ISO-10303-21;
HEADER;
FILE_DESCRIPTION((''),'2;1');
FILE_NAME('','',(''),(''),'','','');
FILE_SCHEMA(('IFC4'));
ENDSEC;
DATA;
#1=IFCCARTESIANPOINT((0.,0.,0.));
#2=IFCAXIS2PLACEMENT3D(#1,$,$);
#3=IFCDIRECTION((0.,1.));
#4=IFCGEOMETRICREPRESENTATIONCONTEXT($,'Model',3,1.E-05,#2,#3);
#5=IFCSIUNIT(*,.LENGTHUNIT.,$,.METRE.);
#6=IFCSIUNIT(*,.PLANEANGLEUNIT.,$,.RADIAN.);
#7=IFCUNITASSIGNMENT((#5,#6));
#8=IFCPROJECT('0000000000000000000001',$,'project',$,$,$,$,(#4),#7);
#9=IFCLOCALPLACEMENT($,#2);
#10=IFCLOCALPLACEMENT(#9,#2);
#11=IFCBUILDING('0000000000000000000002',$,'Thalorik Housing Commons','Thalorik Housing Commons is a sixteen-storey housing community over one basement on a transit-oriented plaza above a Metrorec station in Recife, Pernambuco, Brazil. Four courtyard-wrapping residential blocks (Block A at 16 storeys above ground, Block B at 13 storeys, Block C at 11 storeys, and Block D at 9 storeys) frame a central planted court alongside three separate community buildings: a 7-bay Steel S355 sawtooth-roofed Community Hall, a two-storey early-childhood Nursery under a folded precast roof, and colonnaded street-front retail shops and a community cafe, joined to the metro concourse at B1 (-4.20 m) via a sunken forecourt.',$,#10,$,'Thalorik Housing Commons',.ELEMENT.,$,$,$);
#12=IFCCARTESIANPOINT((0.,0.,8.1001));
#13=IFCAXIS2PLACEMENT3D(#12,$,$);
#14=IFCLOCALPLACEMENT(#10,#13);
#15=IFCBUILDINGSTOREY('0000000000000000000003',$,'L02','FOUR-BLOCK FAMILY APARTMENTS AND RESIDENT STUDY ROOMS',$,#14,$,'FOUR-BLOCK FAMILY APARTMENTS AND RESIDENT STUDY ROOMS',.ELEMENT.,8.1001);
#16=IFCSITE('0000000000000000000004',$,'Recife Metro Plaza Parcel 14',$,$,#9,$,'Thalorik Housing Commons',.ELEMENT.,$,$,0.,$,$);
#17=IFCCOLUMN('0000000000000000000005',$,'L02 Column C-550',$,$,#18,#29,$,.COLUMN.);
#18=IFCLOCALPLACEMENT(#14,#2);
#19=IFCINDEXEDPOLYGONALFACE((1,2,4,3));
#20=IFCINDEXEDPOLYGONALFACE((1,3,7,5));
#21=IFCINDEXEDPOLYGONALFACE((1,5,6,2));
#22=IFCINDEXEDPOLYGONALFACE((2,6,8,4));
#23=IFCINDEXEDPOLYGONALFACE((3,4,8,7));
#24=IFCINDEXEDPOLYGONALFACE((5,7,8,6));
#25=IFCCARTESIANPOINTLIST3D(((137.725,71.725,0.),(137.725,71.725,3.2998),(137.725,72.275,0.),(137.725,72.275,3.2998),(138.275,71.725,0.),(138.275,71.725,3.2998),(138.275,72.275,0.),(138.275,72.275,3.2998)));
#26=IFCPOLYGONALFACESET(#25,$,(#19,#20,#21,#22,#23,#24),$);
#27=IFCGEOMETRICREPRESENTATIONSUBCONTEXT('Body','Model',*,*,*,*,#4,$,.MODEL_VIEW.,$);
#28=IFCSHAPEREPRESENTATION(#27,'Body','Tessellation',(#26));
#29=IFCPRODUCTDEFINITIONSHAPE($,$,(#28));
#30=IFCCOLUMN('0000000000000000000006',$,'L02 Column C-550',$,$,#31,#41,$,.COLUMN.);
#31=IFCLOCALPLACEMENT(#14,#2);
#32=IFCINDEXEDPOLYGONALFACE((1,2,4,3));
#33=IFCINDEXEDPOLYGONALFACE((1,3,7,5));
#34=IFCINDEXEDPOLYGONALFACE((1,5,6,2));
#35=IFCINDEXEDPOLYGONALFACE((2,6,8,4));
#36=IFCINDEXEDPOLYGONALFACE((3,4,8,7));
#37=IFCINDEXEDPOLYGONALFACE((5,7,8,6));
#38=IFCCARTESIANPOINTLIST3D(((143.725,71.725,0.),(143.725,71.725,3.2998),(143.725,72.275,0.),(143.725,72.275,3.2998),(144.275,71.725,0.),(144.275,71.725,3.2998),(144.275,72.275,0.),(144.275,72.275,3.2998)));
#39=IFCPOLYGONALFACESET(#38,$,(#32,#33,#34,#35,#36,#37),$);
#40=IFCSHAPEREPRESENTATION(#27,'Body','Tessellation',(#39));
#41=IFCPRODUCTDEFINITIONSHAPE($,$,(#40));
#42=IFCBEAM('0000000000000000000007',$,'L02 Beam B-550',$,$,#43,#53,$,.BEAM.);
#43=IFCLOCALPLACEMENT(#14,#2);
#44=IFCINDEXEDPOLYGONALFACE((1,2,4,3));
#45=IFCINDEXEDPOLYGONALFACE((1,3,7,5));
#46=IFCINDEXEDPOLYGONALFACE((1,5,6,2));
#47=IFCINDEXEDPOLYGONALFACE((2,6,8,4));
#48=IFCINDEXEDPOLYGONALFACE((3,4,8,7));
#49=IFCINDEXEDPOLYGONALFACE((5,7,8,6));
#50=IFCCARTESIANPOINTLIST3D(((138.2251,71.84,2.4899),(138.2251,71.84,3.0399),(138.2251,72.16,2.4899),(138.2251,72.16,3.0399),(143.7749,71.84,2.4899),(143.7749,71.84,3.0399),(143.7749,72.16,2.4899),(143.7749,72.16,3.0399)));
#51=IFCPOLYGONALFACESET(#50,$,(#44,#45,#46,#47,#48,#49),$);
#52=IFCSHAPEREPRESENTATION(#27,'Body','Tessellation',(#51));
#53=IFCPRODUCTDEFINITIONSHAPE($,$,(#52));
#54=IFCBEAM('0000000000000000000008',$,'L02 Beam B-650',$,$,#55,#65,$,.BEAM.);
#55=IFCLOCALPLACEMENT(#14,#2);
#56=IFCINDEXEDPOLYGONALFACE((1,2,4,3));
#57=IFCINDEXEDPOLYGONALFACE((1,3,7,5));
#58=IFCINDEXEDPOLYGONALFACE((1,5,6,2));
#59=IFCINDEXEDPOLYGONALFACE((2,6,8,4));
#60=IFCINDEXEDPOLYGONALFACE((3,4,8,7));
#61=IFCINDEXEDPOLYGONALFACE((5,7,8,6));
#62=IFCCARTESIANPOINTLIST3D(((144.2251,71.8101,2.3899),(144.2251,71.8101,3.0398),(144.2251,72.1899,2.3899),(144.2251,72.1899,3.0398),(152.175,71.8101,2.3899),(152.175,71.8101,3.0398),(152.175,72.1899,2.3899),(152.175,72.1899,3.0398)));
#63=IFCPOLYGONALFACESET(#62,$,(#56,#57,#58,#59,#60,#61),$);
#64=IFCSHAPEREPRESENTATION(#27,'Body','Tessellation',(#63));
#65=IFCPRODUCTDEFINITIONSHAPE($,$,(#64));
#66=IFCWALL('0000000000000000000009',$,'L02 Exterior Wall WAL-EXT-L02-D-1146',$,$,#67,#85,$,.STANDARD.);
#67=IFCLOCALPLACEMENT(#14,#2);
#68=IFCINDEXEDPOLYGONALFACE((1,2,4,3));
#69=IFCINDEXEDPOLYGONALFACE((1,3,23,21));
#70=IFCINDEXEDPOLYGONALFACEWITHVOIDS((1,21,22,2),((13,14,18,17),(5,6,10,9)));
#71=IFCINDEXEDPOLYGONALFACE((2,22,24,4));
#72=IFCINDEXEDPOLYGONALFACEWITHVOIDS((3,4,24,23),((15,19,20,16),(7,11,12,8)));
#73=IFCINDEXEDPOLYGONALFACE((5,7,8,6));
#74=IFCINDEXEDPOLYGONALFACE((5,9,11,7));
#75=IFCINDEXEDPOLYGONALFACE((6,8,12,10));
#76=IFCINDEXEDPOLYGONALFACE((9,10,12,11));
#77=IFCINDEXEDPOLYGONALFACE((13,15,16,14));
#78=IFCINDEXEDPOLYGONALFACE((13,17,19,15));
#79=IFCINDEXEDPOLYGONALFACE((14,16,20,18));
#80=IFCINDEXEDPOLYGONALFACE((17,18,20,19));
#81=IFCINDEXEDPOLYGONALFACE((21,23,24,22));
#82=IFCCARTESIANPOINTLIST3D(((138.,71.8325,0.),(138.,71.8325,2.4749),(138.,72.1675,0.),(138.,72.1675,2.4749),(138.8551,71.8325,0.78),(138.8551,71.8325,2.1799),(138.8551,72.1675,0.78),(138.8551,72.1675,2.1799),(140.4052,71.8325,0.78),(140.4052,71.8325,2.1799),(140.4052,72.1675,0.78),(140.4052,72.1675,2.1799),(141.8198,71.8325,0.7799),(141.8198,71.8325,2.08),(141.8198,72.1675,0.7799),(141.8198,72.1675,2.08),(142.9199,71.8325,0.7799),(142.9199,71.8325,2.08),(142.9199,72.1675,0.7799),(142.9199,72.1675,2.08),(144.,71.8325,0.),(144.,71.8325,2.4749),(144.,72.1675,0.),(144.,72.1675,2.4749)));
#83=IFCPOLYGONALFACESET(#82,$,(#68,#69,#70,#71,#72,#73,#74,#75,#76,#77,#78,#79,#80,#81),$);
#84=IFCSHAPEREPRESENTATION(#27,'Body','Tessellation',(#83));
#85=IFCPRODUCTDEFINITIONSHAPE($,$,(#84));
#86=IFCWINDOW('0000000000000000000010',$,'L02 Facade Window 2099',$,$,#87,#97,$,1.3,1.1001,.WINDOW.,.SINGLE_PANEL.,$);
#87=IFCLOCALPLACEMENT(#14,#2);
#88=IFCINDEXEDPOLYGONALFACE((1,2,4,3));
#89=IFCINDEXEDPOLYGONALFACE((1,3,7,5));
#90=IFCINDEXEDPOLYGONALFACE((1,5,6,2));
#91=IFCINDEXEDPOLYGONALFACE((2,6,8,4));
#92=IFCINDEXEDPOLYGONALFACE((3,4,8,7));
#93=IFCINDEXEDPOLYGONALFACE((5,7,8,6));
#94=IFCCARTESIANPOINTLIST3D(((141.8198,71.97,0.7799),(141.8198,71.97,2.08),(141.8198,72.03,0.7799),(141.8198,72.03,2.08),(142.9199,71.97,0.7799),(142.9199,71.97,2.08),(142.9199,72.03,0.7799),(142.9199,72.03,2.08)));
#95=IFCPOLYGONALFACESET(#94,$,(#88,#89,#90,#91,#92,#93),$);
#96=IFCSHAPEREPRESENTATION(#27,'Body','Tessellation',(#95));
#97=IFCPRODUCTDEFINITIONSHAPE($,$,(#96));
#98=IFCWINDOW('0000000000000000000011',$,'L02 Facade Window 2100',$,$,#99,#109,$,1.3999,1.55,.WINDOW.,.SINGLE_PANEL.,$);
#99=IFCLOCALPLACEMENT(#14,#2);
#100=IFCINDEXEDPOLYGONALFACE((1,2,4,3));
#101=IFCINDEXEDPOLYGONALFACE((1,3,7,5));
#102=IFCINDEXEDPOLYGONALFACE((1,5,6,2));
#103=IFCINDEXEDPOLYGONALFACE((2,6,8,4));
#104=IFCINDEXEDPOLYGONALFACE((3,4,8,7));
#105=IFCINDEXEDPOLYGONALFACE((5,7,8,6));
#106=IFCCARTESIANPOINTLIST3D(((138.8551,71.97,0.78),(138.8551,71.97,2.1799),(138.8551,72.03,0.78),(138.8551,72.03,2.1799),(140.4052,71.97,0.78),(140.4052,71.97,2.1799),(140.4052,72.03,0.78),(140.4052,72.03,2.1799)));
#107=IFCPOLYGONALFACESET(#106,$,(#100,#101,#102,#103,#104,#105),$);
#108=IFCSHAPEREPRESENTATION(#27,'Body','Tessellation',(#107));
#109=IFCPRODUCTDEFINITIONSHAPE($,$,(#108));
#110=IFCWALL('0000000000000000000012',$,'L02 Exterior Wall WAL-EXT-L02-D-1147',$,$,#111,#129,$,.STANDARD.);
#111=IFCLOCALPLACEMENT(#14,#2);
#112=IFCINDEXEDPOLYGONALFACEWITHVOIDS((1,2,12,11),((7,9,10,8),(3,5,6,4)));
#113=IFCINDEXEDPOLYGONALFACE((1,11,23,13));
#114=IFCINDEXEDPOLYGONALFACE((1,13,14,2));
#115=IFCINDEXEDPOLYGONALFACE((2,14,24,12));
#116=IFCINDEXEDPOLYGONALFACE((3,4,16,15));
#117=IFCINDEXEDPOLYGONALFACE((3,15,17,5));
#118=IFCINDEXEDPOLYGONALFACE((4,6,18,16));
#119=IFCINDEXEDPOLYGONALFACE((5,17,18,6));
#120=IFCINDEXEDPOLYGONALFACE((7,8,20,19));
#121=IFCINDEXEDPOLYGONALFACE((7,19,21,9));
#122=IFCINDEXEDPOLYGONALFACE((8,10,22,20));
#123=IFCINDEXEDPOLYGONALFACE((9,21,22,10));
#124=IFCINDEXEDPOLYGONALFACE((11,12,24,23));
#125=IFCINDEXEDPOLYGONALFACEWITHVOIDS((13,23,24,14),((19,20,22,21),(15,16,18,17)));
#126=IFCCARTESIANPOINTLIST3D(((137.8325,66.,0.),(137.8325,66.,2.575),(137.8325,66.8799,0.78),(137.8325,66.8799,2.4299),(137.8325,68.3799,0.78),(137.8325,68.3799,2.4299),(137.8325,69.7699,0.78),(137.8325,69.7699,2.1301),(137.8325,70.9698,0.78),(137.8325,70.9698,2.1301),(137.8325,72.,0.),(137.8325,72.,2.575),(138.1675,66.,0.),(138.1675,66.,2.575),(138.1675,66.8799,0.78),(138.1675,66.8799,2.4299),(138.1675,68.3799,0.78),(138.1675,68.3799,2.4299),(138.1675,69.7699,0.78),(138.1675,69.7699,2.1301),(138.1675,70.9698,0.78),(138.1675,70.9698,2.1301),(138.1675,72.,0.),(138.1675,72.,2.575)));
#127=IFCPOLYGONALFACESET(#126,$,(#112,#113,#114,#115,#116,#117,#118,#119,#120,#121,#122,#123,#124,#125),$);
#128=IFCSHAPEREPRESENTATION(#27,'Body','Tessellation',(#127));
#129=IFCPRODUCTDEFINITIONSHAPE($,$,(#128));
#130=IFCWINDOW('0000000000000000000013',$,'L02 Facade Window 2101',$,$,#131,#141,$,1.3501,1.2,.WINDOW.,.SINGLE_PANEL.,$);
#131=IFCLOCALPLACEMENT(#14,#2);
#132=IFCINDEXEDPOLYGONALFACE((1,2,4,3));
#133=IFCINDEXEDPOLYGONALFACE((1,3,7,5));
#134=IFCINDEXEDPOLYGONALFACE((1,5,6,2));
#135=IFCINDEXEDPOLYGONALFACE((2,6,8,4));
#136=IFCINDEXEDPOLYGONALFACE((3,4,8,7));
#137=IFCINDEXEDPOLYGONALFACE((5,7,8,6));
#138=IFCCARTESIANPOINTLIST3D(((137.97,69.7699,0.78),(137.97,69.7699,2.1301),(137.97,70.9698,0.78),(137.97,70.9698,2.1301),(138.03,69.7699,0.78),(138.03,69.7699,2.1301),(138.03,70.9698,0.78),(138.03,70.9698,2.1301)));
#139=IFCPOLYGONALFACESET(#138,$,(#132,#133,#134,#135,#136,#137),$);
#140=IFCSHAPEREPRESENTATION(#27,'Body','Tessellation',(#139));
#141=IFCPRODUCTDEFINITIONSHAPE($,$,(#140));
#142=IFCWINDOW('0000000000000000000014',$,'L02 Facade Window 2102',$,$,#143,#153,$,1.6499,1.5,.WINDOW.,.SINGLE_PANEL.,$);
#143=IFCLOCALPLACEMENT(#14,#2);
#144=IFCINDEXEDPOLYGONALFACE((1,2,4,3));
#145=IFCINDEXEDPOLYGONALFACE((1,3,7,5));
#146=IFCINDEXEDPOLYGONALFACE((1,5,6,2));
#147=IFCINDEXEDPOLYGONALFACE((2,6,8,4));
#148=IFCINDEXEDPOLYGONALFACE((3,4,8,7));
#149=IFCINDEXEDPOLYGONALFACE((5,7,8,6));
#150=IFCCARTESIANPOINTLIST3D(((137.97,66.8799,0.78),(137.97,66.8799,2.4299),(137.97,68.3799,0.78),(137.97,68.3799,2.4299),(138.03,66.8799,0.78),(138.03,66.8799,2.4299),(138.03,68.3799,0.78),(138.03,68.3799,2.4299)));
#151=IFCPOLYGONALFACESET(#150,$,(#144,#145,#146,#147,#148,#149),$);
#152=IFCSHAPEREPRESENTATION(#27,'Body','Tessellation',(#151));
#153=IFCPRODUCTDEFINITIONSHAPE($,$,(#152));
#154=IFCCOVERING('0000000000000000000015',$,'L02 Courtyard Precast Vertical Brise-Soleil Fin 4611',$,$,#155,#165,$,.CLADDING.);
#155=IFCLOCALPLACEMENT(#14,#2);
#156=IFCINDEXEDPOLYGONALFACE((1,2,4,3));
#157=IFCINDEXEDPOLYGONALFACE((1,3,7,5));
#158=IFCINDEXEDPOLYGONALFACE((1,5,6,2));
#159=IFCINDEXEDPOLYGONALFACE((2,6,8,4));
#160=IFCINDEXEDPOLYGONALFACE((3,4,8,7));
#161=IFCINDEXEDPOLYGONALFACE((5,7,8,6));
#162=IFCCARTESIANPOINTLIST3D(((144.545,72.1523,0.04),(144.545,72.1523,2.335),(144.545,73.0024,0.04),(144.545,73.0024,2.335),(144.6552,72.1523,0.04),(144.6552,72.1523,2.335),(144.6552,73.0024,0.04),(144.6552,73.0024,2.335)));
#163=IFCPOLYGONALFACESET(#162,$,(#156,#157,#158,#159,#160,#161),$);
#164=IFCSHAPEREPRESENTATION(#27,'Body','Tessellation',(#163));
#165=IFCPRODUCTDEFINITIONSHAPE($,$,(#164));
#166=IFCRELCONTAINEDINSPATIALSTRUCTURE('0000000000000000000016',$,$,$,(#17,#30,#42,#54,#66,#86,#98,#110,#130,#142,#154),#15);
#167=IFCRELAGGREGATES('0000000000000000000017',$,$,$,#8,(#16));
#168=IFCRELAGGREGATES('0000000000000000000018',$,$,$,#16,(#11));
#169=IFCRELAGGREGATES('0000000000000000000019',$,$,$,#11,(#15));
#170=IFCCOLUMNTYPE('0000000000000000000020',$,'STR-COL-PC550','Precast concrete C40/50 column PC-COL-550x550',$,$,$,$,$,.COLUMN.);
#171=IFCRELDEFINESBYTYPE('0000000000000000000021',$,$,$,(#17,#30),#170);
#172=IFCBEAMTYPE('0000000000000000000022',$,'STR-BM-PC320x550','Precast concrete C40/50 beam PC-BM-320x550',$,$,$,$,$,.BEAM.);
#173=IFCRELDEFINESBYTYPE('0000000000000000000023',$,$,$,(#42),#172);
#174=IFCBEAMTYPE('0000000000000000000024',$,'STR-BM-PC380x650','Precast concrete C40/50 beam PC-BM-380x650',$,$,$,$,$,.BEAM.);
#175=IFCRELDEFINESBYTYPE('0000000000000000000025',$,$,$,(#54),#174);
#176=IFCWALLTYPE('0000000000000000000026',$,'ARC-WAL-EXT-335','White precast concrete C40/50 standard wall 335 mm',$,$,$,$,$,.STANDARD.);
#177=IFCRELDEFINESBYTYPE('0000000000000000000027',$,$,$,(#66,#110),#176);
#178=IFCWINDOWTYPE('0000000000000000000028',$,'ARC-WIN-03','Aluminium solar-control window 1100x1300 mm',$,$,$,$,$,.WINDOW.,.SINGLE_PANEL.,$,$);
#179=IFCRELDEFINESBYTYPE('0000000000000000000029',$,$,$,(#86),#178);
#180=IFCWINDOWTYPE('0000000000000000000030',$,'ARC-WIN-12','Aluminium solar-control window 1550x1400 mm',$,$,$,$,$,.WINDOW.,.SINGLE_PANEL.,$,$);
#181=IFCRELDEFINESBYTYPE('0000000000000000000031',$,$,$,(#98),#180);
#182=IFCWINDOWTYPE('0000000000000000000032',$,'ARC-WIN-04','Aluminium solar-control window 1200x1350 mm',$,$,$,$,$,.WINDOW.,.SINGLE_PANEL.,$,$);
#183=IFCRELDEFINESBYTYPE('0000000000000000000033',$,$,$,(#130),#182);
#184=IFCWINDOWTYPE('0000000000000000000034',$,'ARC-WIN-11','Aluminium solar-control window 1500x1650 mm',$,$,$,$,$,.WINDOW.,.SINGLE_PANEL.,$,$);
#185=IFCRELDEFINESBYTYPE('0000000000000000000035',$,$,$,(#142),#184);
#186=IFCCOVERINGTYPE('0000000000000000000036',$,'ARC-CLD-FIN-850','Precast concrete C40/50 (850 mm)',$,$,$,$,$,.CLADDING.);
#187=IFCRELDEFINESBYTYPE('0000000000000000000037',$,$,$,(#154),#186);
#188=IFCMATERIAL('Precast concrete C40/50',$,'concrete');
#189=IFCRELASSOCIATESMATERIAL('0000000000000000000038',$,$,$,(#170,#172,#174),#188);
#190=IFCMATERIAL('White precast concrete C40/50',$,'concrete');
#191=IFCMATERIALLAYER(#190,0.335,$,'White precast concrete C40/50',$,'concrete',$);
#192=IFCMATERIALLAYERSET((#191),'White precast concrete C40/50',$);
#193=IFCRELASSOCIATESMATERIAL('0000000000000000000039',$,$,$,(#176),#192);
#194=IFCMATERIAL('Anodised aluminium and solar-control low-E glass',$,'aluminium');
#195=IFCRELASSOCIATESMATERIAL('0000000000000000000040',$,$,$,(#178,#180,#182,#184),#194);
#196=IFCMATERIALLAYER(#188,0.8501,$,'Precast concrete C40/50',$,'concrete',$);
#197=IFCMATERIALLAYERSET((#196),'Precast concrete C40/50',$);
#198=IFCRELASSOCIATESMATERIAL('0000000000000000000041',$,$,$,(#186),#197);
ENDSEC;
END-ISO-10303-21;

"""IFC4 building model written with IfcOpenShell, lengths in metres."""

from ifc_helpers import new_model, si_unit, direction, frame, frame_2d, origin, origin_2d, place, context, subcontext, project, spatial, rectangle, extrude, material, layer, layer_set, material_profile, profile_set, type_object, element, fill, save


model = new_model("IFC4")

# Units and contexts
model_context = context("Model", 3, precision=1e-05, world=origin(), true_north=direction((0.0, 1.0)))
body_context = subcontext(model_context, "Body", "Model", "MODEL_VIEW")
ifc_project = project(units=[si_unit("LENGTHUNIT", "METRE"), si_unit("PLANEANGLEUNIT", "RADIAN")], contexts=[model_context])

# Site, building, storey
site_placement = place(None, origin())
site = spatial("IfcSite", under=ifc_project, at=site_placement, Name="Recife Metro Plaza Parcel 14", LongName="Thalorik Housing Commons", CompositionType="ELEMENT", RefElevation=0.0)
building_placement = place(site_placement, origin())
building = spatial("IfcBuilding", under=site, at=building_placement, Name="Thalorik Housing Commons", Description="Thalorik Housing Commons is a sixteen-storey housing community over one basement on a transit-oriented plaza above a Metrorec station in Recife, Pernambuco, Brazil. Four courtyard-wrapping residential blocks (Block A at 16 storeys above ground, Block B at 13 storeys, Block C at 11 storeys, and Block D at 9 storeys) frame a central planted court alongside three separate community buildings: a 7-bay Steel S355 sawtooth-roofed Community Hall, a two-storey early-childhood Nursery under a folded precast roof, and colonnaded street-front retail shops and a community cafe, joined to the metro concourse at B1 (-4.20 m) via a sunken forecourt.", LongName="Thalorik Housing Commons", CompositionType="ELEMENT")
storey_placement = place(building_placement, frame((0.0, 0.0, 8.1001)))
storey = spatial("IfcBuildingStorey", under=building, at=storey_placement, Name="L02", Description="FOUR-BLOCK FAMILY APARTMENTS AND RESIDENT STUDY ROOMS", LongName="FOUR-BLOCK FAMILY APARTMENTS AND RESIDENT STUDY ROOMS", CompositionType="ELEMENT", Elevation=8.1001)

# Columns
ifc_material_1 = material(Name="Precast concrete C40/50", Category="concrete")
ifc_material_profile_1 = material_profile(ifc_material_1, rectangle(XDim=0.55, YDim=0.55, at=origin_2d()), Name="PC 550x550", Category="concrete")
ifc_profile_set_1 = profile_set([ifc_material_profile_1], Name="Precast concrete C40/50")
column_type = type_object("IfcColumnType", Name="STR-COL-PC550", Description="Precast concrete C40/50 column PC-COL-550x550", PredefinedType="COLUMN", material=ifc_profile_set_1)
for number, where, z_axis, x_axis, name in (
    (1, (138.0, 72.0, 0.0), (0.0, 0.0, 1.0), (1.0, 0.0, 0.0), "L02 Column C-550"),
    (2, (144.0, 72.0, 0.0), (0.0, 0.0, 1.0), (1.0, 0.0, 0.0), "L02 Column C-550"),
):
    element("IfcColumn", number, at=place(storey_placement, frame(where, z_axis=z_axis, x_axis=x_axis)), inside=storey, type_object=column_type, Name=name, PredefinedType="COLUMN", context=body_context, shape_type="SweptSolid", body=[
        extrude(rectangle(XDim=0.55, YDim=0.55, at=origin_2d()), origin(), (0.0, 0.0, 1.0), 3.2998),
    ])

# Beams
ifc_material_profile_2 = material_profile(ifc_material_1, rectangle(XDim=0.3201, YDim=0.55, at=origin_2d()), Name="PC 320x550", Category="concrete")
ifc_profile_set_2 = profile_set([ifc_material_profile_2], Name="Precast concrete C40/50")
beam_type_1 = type_object("IfcBeamType", Name="STR-BM-PC320x550", Description="Precast concrete C40/50 beam PC-BM-320x550", PredefinedType="BEAM", material=ifc_profile_set_2)
beam_1_placement = place(storey_placement, frame((138.2251, 72.0, 2.7649), z_axis=(1.0, 0.0, 0.0), x_axis=(0.0, 1.0, 0.0)))
element("IfcBeam", 3, at=beam_1_placement, inside=storey, type_object=beam_type_1, Name="L02 Beam B-550", PredefinedType="BEAM", context=body_context, shape_type="SweptSolid", body=[
    extrude(rectangle(XDim=0.3201, YDim=0.55, at=origin_2d()), origin(), (0.0, 0.0, 1.0), 5.5498),
])
ifc_material_profile_3 = material_profile(ifc_material_1, rectangle(XDim=0.3799, YDim=0.6499, at=origin_2d()), Name="PC 380x650", Category="concrete")
ifc_profile_set_3 = profile_set([ifc_material_profile_3], Name="Precast concrete C40/50")
beam_type_2 = type_object("IfcBeamType", Name="STR-BM-PC380x650", Description="Precast concrete C40/50 beam PC-BM-380x650", PredefinedType="BEAM", material=ifc_profile_set_3)
beam_2_placement = place(storey_placement, frame((144.2251, 72.0, 2.7148), z_axis=(1.0, 0.0, 0.0), x_axis=(0.0, 1.0, 0.0)))
element("IfcBeam", 4, at=beam_2_placement, inside=storey, type_object=beam_type_2, Name="L02 Beam B-650", PredefinedType="BEAM", context=body_context, shape_type="SweptSolid", body=[
    extrude(rectangle(XDim=0.3799, YDim=0.6499, at=origin_2d()), origin(), (0.0, 0.0, 1.0), 7.95),
])

# Walls, openings, windows
ifc_material_2 = material(Name="White precast concrete C40/50", Category="concrete")
ifc_layer_1 = layer(ifc_material_2, 0.335, Name="White precast concrete C40/50", Category="concrete")
ifc_layer_set_1 = layer_set([ifc_layer_1], Name="White precast concrete C40/50")
wall_type = type_object("IfcWallType", Name="ARC-WAL-EXT-335", Description="White precast concrete C40/50 standard wall 335 mm", PredefinedType="STANDARD", material=ifc_layer_set_1)
wall_1_placement = place(storey_placement, frame((144.0, 72.0, 0.0), z_axis=(0.0, 0.0, 1.0), x_axis=(-1.0, 0.0, 0.0)))
wall_1 = element("IfcWall", 5, at=wall_1_placement, inside=storey, type_object=wall_type, Name="L02 Exterior Wall WAL-EXT-L02-D-1146", PredefinedType="STANDARD", context=body_context, shape_type="SweptSolid", body=[
    extrude(rectangle(XDim=6.0, YDim=0.335, at=frame_2d((3.0, 0.0))), origin(), (0.0, 0.0, 1.0), 2.4749),
])
opening_1_placement = place(wall_1_placement, frame((1.0801, 0.0, 0.78)))
opening_1 = element("IfcOpeningElement", 6, at=opening_1_placement, cuts=wall_1, PredefinedType="OPENING", context=body_context, shape_type="SweptSolid", body=[
    extrude(rectangle(XDim=1.1001, YDim=1.3, at=frame_2d((0.55, 0.6499))), frame((0.0, 0.1775, 0.0), z_axis=(0.0, -1.0, 0.0), x_axis=(1.0, 0.0, 0.0)), (0.0, 0.0, 1.0), 0.355),
])
opening_2_placement = place(wall_1_placement, frame((3.595, 0.0, 0.78)))
opening_2 = element("IfcOpeningElement", 7, at=opening_2_placement, cuts=wall_1, PredefinedType="OPENING", context=body_context, shape_type="SweptSolid", body=[
    extrude(rectangle(XDim=1.55, YDim=1.3999, at=frame_2d((0.7749, 0.7))), frame((0.0, 0.1775, 0.0), z_axis=(0.0, -1.0, 0.0), x_axis=(1.0, 0.0, 0.0)), (0.0, 0.0, 1.0), 0.355),
])
ifc_material_3 = material(Name="Anodised aluminium and solar-control low-E glass", Category="aluminium")
window_type_1 = type_object("IfcWindowType", Name="ARC-WIN-03", Description="Aluminium solar-control window 1100x1300 mm", PartitioningType="SINGLE_PANEL", PredefinedType="WINDOW", material=ifc_material_3)
window_1_placement = place(opening_1_placement, origin())
window_1 = element("IfcWindow", 8, at=window_1_placement, inside=storey, type_object=window_type_1, Name="L02 Facade Window 2099", OverallHeight=1.3, OverallWidth=1.1001, PartitioningType="SINGLE_PANEL", PredefinedType="WINDOW", context=body_context, shape_type="SweptSolid", body=[
    extrude(rectangle(XDim=1.1001, YDim=1.3, at=frame_2d((0.55, 0.6499))), frame((0.0, 0.03, 0.0), z_axis=(0.0, -1.0, 0.0), x_axis=(1.0, 0.0, 0.0)), (0.0, 0.0, 1.0), 0.0601),
])
fill(opening_1, window_1)
window_type_2 = type_object("IfcWindowType", Name="ARC-WIN-12", Description="Aluminium solar-control window 1550x1400 mm", PartitioningType="SINGLE_PANEL", PredefinedType="WINDOW", material=ifc_material_3)
window_2_placement = place(opening_2_placement, origin())
window_2 = element("IfcWindow", 9, at=window_2_placement, inside=storey, type_object=window_type_2, Name="L02 Facade Window 2100", OverallHeight=1.3999, OverallWidth=1.55, PartitioningType="SINGLE_PANEL", PredefinedType="WINDOW", context=body_context, shape_type="SweptSolid", body=[
    extrude(rectangle(XDim=1.55, YDim=1.3999, at=frame_2d((0.7749, 0.7))), frame((0.0, 0.03, 0.0), z_axis=(0.0, -1.0, 0.0), x_axis=(1.0, 0.0, 0.0)), (0.0, 0.0, 1.0), 0.0601),
])
fill(opening_2, window_2)
wall_2_placement = place(storey_placement, frame((138.0, 72.0, 0.0), z_axis=(0.0, 0.0, 1.0), x_axis=(0.0, -1.0, 0.0)))
wall_2 = element("IfcWall", 10, at=wall_2_placement, inside=storey, type_object=wall_type, Name="L02 Exterior Wall WAL-EXT-L02-D-1147", PredefinedType="STANDARD", context=body_context, shape_type="SweptSolid", body=[
    extrude(rectangle(XDim=6.0, YDim=0.335, at=frame_2d((3.0, 0.0))), origin(), (0.0, 0.0, 1.0), 2.575),
])
opening_3_placement = place(wall_2_placement, frame((1.03, 0.0, 0.78)))
opening_3 = element("IfcOpeningElement", 11, at=opening_3_placement, cuts=wall_2, PredefinedType="OPENING", context=body_context, shape_type="SweptSolid", body=[
    extrude(rectangle(XDim=1.2, YDim=1.3501, at=frame_2d((0.6001, 0.675))), frame((0.0, 0.1775, 0.0), z_axis=(0.0, -1.0, 0.0), x_axis=(1.0, 0.0, 0.0)), (0.0, 0.0, 1.0), 0.355),
])
opening_4_placement = place(wall_2_placement, frame((3.6201, 0.0, 0.78)))
opening_4 = element("IfcOpeningElement", 12, at=opening_4_placement, cuts=wall_2, PredefinedType="OPENING", context=body_context, shape_type="SweptSolid", body=[
    extrude(rectangle(XDim=1.5, YDim=1.6499, at=frame_2d((0.75, 0.825))), frame((0.0, 0.1775, 0.0), z_axis=(0.0, -1.0, 0.0), x_axis=(1.0, 0.0, 0.0)), (0.0, 0.0, 1.0), 0.355),
])
window_type_3 = type_object("IfcWindowType", Name="ARC-WIN-04", Description="Aluminium solar-control window 1200x1350 mm", PartitioningType="SINGLE_PANEL", PredefinedType="WINDOW", material=ifc_material_3)
window_3_placement = place(opening_3_placement, origin())
window_3 = element("IfcWindow", 13, at=window_3_placement, inside=storey, type_object=window_type_3, Name="L02 Facade Window 2101", OverallHeight=1.3501, OverallWidth=1.2, PartitioningType="SINGLE_PANEL", PredefinedType="WINDOW", context=body_context, shape_type="SweptSolid", body=[
    extrude(rectangle(XDim=1.2, YDim=1.3501, at=frame_2d((0.6001, 0.675))), frame((0.0, 0.03, 0.0), z_axis=(0.0, -1.0, 0.0), x_axis=(1.0, 0.0, 0.0)), (0.0, 0.0, 1.0), 0.0601),
])
fill(opening_3, window_3)
window_type_4 = type_object("IfcWindowType", Name="ARC-WIN-11", Description="Aluminium solar-control window 1500x1650 mm", PartitioningType="SINGLE_PANEL", PredefinedType="WINDOW", material=ifc_material_3)
window_4_placement = place(opening_4_placement, origin())
window_4 = element("IfcWindow", 14, at=window_4_placement, inside=storey, type_object=window_type_4, Name="L02 Facade Window 2102", OverallHeight=1.6499, OverallWidth=1.5, PartitioningType="SINGLE_PANEL", PredefinedType="WINDOW", context=body_context, shape_type="SweptSolid", body=[
    extrude(rectangle(XDim=1.5, YDim=1.6499, at=frame_2d((0.75, 0.825))), frame((0.0, 0.03, 0.0), z_axis=(0.0, -1.0, 0.0), x_axis=(1.0, 0.0, 0.0)), (0.0, 0.0, 1.0), 0.0601),
])
fill(opening_4, window_4)

# Covering
ifc_layer_2 = layer(ifc_material_1, 0.8501, Name="Precast concrete C40/50", Category="concrete")
ifc_layer_set_2 = layer_set([ifc_layer_2], Name="Precast concrete C40/50")
covering_type_1 = type_object("IfcCoveringType", Name="ARC-CLD-FIN-850", Description="Precast concrete C40/50 (850 mm)", PredefinedType="CLADDING", material=ifc_layer_set_2)
covering_1_placement = place(storey_placement, frame((144.6001, 72.5774, 0.04), z_axis=(0.0, 0.0, 1.0), x_axis=(-1.0, 0.0, 0.0)))
element("IfcCovering", 15, at=covering_1_placement, inside=storey, type_object=covering_type_1, Name="L02 Courtyard Precast Vertical Brise-Soleil Fin 4611", PredefinedType="CLADDING", context=body_context, shape_type="SweptSolid", body=[
    extrude(rectangle(XDim=0.1101, YDim=0.8501, at=origin_2d()), origin(), (0.0, 0.0, 1.0), 2.2949),
])

save(model, "model.ifc")
